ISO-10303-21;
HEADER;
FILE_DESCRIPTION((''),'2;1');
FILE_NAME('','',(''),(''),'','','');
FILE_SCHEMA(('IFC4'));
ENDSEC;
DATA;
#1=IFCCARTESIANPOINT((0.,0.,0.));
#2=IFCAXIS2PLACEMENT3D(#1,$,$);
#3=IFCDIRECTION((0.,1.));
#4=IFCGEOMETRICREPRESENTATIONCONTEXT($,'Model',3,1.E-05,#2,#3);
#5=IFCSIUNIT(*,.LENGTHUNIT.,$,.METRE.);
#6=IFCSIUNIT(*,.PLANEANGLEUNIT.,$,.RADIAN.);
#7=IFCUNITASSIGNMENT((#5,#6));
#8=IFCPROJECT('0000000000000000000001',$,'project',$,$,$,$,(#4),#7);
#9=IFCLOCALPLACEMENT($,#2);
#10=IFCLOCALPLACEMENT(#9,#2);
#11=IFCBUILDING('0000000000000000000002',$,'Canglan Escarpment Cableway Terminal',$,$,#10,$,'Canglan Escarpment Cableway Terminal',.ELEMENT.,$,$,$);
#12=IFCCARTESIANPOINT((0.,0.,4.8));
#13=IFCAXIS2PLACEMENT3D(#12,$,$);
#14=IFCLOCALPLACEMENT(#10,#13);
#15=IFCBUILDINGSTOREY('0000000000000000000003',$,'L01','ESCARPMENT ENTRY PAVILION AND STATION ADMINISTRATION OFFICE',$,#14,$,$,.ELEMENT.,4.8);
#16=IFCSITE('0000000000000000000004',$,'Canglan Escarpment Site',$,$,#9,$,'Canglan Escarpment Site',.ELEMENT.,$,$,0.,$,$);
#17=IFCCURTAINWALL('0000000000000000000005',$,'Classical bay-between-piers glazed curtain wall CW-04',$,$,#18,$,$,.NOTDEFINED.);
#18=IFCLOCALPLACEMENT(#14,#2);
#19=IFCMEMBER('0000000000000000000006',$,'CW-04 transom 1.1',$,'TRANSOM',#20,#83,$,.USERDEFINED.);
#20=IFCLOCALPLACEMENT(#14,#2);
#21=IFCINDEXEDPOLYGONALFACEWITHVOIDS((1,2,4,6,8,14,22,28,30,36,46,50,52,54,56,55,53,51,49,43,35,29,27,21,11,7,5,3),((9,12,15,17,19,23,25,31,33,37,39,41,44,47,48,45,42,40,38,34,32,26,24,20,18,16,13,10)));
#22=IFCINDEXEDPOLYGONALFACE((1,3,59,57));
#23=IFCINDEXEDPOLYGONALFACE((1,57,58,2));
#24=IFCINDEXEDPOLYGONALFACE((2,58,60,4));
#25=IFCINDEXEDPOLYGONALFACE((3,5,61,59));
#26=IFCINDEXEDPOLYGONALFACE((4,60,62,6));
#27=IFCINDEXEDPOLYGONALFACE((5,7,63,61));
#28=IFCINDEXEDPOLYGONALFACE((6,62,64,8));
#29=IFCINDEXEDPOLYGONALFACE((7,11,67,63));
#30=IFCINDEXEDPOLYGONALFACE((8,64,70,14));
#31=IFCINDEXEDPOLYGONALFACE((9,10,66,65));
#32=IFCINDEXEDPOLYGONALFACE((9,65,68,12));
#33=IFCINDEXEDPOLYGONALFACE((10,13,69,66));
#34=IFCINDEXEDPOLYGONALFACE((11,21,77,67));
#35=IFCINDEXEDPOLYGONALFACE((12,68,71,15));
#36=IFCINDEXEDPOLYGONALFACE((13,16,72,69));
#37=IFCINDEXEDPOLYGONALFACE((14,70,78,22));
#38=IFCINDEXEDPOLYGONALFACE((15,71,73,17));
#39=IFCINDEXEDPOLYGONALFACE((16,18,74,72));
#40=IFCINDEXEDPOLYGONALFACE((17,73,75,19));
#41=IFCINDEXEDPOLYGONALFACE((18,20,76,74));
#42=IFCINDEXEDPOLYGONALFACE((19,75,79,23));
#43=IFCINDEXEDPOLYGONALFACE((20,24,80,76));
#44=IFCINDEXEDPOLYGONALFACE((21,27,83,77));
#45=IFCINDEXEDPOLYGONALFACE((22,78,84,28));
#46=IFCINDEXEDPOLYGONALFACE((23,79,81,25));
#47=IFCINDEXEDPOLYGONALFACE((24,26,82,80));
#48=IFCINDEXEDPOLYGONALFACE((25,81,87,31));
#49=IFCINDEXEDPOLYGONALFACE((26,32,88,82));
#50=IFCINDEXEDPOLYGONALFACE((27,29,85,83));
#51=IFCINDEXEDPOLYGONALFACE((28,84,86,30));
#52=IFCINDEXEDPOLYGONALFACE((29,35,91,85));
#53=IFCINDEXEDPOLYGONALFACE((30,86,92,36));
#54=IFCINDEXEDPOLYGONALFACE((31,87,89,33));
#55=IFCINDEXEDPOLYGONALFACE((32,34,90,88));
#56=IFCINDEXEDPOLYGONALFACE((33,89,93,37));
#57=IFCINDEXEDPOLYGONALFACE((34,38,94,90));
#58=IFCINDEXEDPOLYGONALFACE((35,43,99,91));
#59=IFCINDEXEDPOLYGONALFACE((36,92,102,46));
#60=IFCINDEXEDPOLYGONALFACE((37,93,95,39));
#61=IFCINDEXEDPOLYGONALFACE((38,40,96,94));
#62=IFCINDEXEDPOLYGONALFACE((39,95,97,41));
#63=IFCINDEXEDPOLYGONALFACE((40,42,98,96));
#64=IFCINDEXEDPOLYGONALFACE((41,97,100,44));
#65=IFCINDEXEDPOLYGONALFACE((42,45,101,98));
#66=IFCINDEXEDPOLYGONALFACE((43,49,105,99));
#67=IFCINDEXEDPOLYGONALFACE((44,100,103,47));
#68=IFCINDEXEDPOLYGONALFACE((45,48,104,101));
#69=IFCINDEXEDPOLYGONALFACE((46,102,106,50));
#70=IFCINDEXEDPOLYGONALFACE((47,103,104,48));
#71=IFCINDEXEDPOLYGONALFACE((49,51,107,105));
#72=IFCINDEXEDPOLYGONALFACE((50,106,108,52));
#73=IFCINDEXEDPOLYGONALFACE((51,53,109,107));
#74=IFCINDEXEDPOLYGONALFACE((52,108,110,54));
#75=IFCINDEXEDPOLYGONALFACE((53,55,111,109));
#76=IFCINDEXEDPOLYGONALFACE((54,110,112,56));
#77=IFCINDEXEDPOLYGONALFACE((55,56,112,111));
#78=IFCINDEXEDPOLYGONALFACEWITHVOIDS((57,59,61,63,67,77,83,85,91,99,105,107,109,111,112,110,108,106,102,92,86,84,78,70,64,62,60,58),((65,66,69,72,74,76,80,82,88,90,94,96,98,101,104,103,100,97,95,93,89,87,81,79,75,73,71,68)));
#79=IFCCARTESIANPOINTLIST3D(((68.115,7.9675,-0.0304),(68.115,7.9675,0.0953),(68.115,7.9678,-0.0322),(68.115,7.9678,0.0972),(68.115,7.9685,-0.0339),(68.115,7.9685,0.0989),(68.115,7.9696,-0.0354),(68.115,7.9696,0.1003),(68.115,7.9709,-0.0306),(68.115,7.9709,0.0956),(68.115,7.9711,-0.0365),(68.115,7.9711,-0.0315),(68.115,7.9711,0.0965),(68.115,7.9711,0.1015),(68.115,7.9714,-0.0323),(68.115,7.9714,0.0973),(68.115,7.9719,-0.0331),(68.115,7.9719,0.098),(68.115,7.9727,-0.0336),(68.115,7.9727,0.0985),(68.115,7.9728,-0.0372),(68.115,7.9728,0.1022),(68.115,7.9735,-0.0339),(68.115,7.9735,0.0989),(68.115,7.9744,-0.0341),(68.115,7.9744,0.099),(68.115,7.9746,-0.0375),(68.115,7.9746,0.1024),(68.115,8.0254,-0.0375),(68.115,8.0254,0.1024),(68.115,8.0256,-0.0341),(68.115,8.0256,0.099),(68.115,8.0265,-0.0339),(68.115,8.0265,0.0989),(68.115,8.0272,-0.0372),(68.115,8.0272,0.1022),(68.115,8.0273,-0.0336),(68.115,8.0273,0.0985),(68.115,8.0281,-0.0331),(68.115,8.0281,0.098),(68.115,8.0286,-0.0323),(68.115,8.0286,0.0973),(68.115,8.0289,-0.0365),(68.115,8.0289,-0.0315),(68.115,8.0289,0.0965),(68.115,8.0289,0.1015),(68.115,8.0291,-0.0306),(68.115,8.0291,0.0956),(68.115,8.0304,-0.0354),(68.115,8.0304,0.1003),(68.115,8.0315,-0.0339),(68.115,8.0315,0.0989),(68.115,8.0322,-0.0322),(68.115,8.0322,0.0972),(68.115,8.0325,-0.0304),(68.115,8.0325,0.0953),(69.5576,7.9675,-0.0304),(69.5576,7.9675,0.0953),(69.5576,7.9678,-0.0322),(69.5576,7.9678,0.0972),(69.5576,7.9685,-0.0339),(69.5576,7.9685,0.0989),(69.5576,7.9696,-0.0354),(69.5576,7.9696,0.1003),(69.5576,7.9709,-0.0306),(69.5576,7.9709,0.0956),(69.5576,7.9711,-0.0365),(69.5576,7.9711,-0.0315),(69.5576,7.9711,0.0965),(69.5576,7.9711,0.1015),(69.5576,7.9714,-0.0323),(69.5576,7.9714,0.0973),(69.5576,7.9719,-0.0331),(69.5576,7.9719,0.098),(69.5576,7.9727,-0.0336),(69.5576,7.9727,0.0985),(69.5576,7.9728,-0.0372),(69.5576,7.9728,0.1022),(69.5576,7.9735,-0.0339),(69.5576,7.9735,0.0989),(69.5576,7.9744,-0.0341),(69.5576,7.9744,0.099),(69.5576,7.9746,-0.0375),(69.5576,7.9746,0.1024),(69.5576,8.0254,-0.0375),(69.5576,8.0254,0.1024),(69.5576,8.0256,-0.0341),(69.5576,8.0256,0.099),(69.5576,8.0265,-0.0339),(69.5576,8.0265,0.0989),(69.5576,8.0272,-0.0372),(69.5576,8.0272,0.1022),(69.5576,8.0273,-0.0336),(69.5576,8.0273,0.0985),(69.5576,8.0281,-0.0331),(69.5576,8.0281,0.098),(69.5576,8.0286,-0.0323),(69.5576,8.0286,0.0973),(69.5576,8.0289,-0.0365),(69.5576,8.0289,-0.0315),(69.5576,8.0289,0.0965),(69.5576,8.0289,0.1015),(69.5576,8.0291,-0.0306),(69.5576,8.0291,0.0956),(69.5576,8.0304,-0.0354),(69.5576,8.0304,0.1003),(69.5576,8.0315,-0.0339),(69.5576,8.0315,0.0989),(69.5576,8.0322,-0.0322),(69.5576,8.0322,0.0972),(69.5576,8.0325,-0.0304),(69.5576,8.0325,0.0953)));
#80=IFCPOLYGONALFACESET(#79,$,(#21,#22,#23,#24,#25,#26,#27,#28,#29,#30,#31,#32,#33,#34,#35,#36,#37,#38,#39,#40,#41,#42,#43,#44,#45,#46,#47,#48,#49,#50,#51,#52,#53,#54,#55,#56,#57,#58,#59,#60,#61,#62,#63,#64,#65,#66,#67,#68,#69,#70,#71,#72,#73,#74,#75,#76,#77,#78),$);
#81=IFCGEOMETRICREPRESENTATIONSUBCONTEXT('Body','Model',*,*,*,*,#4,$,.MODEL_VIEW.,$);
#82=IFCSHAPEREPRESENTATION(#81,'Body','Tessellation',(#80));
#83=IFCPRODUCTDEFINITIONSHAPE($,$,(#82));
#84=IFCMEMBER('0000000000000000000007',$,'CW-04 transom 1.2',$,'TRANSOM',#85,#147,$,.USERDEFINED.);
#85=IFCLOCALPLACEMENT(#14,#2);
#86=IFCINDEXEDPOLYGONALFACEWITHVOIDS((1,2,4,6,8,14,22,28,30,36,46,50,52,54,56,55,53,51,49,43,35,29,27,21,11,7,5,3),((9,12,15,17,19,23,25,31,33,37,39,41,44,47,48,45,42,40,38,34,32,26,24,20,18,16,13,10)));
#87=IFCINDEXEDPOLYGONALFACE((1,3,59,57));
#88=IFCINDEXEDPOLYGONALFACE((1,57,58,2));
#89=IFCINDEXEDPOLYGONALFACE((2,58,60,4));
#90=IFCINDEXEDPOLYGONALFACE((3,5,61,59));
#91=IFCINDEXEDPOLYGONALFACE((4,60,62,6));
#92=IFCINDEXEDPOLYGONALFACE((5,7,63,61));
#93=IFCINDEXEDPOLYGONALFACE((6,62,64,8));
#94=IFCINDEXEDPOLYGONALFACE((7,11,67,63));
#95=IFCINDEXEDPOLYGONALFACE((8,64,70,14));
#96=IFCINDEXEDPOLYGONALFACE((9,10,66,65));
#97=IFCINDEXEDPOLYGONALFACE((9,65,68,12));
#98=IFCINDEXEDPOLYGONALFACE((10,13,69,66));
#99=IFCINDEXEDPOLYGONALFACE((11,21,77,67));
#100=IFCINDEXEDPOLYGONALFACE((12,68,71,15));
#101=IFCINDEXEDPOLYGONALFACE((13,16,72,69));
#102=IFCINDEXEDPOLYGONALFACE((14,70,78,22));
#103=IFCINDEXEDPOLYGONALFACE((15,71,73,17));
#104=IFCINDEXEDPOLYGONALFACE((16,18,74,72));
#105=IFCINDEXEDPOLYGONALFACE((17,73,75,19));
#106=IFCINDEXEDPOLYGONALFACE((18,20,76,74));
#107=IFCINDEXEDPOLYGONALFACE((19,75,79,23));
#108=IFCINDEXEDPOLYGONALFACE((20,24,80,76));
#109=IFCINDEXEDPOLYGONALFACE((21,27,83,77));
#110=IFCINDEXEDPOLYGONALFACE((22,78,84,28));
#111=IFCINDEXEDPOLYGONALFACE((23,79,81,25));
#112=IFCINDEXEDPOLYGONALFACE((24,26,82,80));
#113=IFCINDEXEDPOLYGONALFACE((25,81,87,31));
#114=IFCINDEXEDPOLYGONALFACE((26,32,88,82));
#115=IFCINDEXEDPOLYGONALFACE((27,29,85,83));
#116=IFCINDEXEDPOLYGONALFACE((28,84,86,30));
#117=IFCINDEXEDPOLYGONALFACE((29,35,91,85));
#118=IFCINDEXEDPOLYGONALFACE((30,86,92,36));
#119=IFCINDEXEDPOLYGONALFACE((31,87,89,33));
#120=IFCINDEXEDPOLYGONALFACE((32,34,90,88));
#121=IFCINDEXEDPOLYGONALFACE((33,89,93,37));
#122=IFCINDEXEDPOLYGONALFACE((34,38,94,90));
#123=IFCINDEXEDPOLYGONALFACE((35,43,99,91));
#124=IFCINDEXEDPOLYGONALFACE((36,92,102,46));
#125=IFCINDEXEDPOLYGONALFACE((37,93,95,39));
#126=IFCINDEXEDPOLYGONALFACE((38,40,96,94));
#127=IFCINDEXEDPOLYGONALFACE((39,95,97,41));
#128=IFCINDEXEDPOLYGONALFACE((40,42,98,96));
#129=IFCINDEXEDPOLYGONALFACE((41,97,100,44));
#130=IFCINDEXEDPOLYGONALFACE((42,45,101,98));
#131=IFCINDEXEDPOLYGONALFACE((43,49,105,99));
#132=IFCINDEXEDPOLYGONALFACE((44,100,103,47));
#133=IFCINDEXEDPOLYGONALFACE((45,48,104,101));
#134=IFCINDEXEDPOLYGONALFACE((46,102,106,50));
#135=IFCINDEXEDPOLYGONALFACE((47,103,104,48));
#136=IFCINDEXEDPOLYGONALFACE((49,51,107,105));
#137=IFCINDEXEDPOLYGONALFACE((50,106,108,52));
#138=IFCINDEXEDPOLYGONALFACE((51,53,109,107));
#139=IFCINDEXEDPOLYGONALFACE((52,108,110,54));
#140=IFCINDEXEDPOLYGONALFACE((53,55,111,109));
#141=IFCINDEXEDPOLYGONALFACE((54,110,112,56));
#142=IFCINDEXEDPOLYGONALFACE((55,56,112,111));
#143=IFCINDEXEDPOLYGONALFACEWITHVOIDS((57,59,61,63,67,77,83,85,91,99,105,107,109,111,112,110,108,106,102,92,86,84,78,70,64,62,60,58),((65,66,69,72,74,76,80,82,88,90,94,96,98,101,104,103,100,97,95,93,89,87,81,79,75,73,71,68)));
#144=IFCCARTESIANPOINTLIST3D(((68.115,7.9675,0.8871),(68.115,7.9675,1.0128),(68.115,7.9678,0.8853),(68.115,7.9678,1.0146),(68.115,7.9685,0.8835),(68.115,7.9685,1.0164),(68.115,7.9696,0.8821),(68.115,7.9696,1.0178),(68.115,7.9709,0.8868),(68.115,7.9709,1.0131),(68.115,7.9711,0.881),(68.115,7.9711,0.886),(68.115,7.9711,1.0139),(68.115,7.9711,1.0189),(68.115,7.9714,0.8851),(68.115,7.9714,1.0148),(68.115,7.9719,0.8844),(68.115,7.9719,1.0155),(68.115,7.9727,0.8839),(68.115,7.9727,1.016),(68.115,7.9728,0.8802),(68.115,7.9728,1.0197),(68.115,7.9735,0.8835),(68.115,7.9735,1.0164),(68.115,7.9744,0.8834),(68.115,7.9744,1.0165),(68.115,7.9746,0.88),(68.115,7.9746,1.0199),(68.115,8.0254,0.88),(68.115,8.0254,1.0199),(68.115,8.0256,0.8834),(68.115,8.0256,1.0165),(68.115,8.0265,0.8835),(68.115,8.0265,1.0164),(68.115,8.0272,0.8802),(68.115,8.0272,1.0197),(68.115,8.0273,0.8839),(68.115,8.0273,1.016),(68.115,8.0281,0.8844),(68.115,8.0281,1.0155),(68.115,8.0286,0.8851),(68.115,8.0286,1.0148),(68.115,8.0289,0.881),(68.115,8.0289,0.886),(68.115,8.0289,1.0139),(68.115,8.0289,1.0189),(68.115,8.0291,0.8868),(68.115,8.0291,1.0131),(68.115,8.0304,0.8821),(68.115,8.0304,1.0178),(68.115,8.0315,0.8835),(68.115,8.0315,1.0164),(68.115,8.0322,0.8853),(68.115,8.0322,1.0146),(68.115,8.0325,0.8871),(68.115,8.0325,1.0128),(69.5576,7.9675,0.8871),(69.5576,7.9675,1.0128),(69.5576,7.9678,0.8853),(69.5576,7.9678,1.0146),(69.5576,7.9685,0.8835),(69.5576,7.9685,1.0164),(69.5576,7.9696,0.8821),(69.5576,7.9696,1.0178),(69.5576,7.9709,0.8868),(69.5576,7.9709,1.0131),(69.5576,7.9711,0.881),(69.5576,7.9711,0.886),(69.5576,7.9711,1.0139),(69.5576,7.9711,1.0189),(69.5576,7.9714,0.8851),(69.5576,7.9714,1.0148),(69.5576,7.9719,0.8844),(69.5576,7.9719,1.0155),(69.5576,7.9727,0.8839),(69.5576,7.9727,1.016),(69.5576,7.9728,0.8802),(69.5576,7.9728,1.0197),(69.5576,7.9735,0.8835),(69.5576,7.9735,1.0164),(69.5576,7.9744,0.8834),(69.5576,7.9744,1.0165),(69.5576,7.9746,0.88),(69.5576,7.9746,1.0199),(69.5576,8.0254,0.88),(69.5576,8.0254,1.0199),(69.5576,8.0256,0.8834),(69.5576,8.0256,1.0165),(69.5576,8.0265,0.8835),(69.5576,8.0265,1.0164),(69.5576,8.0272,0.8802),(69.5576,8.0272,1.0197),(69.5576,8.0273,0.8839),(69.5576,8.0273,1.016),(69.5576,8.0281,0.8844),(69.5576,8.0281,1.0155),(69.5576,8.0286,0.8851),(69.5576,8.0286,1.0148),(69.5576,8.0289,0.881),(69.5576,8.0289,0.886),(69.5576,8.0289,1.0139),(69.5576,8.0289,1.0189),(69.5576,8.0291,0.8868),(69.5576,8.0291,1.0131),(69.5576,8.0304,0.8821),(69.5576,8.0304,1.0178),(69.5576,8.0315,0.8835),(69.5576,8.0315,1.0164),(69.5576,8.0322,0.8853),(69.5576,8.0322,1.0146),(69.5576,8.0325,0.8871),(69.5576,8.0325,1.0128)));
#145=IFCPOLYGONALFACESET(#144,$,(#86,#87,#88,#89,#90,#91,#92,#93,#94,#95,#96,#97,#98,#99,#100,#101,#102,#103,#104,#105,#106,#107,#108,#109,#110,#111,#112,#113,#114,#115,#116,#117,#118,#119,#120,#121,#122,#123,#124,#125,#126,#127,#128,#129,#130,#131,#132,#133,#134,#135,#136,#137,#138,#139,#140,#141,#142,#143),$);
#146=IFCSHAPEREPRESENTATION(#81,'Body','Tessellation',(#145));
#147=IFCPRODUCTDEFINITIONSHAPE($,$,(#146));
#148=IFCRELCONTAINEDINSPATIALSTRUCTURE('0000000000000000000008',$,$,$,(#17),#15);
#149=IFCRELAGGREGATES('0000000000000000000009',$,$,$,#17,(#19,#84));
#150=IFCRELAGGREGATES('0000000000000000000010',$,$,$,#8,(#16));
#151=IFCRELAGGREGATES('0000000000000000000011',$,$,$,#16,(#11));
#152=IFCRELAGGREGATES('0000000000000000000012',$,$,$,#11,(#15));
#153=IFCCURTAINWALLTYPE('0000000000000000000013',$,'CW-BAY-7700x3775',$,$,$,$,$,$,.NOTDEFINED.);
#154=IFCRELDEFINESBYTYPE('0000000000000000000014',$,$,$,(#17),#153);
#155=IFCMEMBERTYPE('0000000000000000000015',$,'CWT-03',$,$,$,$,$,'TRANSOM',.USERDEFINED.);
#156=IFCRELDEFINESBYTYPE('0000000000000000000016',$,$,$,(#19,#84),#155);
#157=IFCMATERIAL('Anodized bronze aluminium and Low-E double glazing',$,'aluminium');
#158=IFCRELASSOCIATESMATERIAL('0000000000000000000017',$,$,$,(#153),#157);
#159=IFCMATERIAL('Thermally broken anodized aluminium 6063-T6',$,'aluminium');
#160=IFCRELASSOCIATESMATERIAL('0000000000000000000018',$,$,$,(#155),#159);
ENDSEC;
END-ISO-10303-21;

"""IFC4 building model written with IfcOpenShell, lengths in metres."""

from ifc_helpers import new_model, si_unit, direction, frame, origin, origin_2d, place, context, subcontext, project, spatial, hollow_rectangle, extrude, material, material_profile, profile_set, type_object, element, aggregate, save


model = new_model("IFC4")

# Units and contexts
model_context = context("Model", 3, precision=1e-05, world=origin(), true_north=direction((0.0, 1.0)))
body_context = subcontext(model_context, "Body", "Model", "MODEL_VIEW")
ifc_project = project(units=[si_unit("LENGTHUNIT", "METRE"), si_unit("PLANEANGLEUNIT", "RADIAN")], contexts=[model_context])

# Site, building, storey
site_placement = place(None, origin())
site = spatial("IfcSite", under=ifc_project, at=site_placement, Name="Canglan Escarpment Site", LongName="Canglan Escarpment Site", CompositionType="ELEMENT", RefElevation=0.0)
building_placement = place(site_placement, origin())
building = spatial("IfcBuilding", under=site, at=building_placement, Name="Canglan Escarpment Cableway Terminal", LongName="Canglan Escarpment Cableway Terminal", CompositionType="ELEMENT")
storey_placement = place(building_placement, frame((0.0, 0.0, 4.8)))
storey = spatial("IfcBuildingStorey", under=building, at=storey_placement, Name="L01", Description="ESCARPMENT ENTRY PAVILION AND STATION ADMINISTRATION OFFICE", CompositionType="ELEMENT", Elevation=4.8)

# Curtain wall, members
ifc_material_1 = material(Name="Anodized bronze aluminium and Low-E double glazing", Category="aluminium")
curtain_wall_type = type_object("IfcCurtainWallType", Name="CW-BAY-7700x3775", PredefinedType="NOTDEFINED", material=ifc_material_1)
curtain_wall_placement = place(storey_placement, origin())
curtain_wall = element("IfcCurtainWall", 1, at=curtain_wall_placement, inside=storey, type_object=curtain_wall_type, Name="Classical bay-between-piers glazed curtain wall CW-04", PredefinedType="NOTDEFINED")
ifc_material_2 = material(Name="Thermally broken anodized aluminium 6063-T6", Category="aluminium")
ifc_material_profile_1 = material_profile(ifc_material_2, hollow_rectangle(XDim=0.0649, YDim=0.1399, WallThickness=0.0034, InnerFilletRadius=0.0034, OuterFilletRadius=0.0071, at=origin_2d()), Name="ALU-TRAN 65x140x3.5")
ifc_profile_set_1 = profile_set([ifc_material_profile_1], Name="Thermally broken anodized aluminium 6063-T6")
member_type_1 = type_object("IfcMemberType", Name="CWT-03", ElementType="TRANSOM", PredefinedType="USERDEFINED", material=ifc_profile_set_1)
member_1_placement = place(storey_placement, frame((68.115, 8.0, 0.0325), z_axis=(1.0, 0.0, 0.0), x_axis=(0.0, 1.0, 0.0)))
member_1 = element("IfcMember", 2, at=member_1_placement, type_object=member_type_1, Name="CW-04 transom 1.1", ObjectType="TRANSOM", PredefinedType="USERDEFINED", context=body_context, shape_type="SweptSolid", body=[
    extrude(hollow_rectangle(XDim=0.0649, YDim=0.1399, WallThickness=0.0034, InnerFilletRadius=0.0034, OuterFilletRadius=0.0071, at=origin_2d()), origin(), (0.0, 0.0, 1.0), 1.4426),
])
member_2_placement = place(storey_placement, frame((68.115, 8.0, 0.95), z_axis=(1.0, 0.0, 0.0), x_axis=(0.0, 1.0, 0.0)))
member_2 = element("IfcMember", 3, at=member_2_placement, type_object=member_type_1, Name="CW-04 transom 1.2", ObjectType="TRANSOM", PredefinedType="USERDEFINED", context=body_context, shape_type="SweptSolid", body=[
    extrude(hollow_rectangle(XDim=0.0649, YDim=0.1399, WallThickness=0.0034, InnerFilletRadius=0.0034, OuterFilletRadius=0.0071, at=origin_2d()), origin(), (0.0, 0.0, 1.0), 1.4426),
])

aggregate(curtain_wall, [member_1, member_2])

save(model, "model.ifc")
